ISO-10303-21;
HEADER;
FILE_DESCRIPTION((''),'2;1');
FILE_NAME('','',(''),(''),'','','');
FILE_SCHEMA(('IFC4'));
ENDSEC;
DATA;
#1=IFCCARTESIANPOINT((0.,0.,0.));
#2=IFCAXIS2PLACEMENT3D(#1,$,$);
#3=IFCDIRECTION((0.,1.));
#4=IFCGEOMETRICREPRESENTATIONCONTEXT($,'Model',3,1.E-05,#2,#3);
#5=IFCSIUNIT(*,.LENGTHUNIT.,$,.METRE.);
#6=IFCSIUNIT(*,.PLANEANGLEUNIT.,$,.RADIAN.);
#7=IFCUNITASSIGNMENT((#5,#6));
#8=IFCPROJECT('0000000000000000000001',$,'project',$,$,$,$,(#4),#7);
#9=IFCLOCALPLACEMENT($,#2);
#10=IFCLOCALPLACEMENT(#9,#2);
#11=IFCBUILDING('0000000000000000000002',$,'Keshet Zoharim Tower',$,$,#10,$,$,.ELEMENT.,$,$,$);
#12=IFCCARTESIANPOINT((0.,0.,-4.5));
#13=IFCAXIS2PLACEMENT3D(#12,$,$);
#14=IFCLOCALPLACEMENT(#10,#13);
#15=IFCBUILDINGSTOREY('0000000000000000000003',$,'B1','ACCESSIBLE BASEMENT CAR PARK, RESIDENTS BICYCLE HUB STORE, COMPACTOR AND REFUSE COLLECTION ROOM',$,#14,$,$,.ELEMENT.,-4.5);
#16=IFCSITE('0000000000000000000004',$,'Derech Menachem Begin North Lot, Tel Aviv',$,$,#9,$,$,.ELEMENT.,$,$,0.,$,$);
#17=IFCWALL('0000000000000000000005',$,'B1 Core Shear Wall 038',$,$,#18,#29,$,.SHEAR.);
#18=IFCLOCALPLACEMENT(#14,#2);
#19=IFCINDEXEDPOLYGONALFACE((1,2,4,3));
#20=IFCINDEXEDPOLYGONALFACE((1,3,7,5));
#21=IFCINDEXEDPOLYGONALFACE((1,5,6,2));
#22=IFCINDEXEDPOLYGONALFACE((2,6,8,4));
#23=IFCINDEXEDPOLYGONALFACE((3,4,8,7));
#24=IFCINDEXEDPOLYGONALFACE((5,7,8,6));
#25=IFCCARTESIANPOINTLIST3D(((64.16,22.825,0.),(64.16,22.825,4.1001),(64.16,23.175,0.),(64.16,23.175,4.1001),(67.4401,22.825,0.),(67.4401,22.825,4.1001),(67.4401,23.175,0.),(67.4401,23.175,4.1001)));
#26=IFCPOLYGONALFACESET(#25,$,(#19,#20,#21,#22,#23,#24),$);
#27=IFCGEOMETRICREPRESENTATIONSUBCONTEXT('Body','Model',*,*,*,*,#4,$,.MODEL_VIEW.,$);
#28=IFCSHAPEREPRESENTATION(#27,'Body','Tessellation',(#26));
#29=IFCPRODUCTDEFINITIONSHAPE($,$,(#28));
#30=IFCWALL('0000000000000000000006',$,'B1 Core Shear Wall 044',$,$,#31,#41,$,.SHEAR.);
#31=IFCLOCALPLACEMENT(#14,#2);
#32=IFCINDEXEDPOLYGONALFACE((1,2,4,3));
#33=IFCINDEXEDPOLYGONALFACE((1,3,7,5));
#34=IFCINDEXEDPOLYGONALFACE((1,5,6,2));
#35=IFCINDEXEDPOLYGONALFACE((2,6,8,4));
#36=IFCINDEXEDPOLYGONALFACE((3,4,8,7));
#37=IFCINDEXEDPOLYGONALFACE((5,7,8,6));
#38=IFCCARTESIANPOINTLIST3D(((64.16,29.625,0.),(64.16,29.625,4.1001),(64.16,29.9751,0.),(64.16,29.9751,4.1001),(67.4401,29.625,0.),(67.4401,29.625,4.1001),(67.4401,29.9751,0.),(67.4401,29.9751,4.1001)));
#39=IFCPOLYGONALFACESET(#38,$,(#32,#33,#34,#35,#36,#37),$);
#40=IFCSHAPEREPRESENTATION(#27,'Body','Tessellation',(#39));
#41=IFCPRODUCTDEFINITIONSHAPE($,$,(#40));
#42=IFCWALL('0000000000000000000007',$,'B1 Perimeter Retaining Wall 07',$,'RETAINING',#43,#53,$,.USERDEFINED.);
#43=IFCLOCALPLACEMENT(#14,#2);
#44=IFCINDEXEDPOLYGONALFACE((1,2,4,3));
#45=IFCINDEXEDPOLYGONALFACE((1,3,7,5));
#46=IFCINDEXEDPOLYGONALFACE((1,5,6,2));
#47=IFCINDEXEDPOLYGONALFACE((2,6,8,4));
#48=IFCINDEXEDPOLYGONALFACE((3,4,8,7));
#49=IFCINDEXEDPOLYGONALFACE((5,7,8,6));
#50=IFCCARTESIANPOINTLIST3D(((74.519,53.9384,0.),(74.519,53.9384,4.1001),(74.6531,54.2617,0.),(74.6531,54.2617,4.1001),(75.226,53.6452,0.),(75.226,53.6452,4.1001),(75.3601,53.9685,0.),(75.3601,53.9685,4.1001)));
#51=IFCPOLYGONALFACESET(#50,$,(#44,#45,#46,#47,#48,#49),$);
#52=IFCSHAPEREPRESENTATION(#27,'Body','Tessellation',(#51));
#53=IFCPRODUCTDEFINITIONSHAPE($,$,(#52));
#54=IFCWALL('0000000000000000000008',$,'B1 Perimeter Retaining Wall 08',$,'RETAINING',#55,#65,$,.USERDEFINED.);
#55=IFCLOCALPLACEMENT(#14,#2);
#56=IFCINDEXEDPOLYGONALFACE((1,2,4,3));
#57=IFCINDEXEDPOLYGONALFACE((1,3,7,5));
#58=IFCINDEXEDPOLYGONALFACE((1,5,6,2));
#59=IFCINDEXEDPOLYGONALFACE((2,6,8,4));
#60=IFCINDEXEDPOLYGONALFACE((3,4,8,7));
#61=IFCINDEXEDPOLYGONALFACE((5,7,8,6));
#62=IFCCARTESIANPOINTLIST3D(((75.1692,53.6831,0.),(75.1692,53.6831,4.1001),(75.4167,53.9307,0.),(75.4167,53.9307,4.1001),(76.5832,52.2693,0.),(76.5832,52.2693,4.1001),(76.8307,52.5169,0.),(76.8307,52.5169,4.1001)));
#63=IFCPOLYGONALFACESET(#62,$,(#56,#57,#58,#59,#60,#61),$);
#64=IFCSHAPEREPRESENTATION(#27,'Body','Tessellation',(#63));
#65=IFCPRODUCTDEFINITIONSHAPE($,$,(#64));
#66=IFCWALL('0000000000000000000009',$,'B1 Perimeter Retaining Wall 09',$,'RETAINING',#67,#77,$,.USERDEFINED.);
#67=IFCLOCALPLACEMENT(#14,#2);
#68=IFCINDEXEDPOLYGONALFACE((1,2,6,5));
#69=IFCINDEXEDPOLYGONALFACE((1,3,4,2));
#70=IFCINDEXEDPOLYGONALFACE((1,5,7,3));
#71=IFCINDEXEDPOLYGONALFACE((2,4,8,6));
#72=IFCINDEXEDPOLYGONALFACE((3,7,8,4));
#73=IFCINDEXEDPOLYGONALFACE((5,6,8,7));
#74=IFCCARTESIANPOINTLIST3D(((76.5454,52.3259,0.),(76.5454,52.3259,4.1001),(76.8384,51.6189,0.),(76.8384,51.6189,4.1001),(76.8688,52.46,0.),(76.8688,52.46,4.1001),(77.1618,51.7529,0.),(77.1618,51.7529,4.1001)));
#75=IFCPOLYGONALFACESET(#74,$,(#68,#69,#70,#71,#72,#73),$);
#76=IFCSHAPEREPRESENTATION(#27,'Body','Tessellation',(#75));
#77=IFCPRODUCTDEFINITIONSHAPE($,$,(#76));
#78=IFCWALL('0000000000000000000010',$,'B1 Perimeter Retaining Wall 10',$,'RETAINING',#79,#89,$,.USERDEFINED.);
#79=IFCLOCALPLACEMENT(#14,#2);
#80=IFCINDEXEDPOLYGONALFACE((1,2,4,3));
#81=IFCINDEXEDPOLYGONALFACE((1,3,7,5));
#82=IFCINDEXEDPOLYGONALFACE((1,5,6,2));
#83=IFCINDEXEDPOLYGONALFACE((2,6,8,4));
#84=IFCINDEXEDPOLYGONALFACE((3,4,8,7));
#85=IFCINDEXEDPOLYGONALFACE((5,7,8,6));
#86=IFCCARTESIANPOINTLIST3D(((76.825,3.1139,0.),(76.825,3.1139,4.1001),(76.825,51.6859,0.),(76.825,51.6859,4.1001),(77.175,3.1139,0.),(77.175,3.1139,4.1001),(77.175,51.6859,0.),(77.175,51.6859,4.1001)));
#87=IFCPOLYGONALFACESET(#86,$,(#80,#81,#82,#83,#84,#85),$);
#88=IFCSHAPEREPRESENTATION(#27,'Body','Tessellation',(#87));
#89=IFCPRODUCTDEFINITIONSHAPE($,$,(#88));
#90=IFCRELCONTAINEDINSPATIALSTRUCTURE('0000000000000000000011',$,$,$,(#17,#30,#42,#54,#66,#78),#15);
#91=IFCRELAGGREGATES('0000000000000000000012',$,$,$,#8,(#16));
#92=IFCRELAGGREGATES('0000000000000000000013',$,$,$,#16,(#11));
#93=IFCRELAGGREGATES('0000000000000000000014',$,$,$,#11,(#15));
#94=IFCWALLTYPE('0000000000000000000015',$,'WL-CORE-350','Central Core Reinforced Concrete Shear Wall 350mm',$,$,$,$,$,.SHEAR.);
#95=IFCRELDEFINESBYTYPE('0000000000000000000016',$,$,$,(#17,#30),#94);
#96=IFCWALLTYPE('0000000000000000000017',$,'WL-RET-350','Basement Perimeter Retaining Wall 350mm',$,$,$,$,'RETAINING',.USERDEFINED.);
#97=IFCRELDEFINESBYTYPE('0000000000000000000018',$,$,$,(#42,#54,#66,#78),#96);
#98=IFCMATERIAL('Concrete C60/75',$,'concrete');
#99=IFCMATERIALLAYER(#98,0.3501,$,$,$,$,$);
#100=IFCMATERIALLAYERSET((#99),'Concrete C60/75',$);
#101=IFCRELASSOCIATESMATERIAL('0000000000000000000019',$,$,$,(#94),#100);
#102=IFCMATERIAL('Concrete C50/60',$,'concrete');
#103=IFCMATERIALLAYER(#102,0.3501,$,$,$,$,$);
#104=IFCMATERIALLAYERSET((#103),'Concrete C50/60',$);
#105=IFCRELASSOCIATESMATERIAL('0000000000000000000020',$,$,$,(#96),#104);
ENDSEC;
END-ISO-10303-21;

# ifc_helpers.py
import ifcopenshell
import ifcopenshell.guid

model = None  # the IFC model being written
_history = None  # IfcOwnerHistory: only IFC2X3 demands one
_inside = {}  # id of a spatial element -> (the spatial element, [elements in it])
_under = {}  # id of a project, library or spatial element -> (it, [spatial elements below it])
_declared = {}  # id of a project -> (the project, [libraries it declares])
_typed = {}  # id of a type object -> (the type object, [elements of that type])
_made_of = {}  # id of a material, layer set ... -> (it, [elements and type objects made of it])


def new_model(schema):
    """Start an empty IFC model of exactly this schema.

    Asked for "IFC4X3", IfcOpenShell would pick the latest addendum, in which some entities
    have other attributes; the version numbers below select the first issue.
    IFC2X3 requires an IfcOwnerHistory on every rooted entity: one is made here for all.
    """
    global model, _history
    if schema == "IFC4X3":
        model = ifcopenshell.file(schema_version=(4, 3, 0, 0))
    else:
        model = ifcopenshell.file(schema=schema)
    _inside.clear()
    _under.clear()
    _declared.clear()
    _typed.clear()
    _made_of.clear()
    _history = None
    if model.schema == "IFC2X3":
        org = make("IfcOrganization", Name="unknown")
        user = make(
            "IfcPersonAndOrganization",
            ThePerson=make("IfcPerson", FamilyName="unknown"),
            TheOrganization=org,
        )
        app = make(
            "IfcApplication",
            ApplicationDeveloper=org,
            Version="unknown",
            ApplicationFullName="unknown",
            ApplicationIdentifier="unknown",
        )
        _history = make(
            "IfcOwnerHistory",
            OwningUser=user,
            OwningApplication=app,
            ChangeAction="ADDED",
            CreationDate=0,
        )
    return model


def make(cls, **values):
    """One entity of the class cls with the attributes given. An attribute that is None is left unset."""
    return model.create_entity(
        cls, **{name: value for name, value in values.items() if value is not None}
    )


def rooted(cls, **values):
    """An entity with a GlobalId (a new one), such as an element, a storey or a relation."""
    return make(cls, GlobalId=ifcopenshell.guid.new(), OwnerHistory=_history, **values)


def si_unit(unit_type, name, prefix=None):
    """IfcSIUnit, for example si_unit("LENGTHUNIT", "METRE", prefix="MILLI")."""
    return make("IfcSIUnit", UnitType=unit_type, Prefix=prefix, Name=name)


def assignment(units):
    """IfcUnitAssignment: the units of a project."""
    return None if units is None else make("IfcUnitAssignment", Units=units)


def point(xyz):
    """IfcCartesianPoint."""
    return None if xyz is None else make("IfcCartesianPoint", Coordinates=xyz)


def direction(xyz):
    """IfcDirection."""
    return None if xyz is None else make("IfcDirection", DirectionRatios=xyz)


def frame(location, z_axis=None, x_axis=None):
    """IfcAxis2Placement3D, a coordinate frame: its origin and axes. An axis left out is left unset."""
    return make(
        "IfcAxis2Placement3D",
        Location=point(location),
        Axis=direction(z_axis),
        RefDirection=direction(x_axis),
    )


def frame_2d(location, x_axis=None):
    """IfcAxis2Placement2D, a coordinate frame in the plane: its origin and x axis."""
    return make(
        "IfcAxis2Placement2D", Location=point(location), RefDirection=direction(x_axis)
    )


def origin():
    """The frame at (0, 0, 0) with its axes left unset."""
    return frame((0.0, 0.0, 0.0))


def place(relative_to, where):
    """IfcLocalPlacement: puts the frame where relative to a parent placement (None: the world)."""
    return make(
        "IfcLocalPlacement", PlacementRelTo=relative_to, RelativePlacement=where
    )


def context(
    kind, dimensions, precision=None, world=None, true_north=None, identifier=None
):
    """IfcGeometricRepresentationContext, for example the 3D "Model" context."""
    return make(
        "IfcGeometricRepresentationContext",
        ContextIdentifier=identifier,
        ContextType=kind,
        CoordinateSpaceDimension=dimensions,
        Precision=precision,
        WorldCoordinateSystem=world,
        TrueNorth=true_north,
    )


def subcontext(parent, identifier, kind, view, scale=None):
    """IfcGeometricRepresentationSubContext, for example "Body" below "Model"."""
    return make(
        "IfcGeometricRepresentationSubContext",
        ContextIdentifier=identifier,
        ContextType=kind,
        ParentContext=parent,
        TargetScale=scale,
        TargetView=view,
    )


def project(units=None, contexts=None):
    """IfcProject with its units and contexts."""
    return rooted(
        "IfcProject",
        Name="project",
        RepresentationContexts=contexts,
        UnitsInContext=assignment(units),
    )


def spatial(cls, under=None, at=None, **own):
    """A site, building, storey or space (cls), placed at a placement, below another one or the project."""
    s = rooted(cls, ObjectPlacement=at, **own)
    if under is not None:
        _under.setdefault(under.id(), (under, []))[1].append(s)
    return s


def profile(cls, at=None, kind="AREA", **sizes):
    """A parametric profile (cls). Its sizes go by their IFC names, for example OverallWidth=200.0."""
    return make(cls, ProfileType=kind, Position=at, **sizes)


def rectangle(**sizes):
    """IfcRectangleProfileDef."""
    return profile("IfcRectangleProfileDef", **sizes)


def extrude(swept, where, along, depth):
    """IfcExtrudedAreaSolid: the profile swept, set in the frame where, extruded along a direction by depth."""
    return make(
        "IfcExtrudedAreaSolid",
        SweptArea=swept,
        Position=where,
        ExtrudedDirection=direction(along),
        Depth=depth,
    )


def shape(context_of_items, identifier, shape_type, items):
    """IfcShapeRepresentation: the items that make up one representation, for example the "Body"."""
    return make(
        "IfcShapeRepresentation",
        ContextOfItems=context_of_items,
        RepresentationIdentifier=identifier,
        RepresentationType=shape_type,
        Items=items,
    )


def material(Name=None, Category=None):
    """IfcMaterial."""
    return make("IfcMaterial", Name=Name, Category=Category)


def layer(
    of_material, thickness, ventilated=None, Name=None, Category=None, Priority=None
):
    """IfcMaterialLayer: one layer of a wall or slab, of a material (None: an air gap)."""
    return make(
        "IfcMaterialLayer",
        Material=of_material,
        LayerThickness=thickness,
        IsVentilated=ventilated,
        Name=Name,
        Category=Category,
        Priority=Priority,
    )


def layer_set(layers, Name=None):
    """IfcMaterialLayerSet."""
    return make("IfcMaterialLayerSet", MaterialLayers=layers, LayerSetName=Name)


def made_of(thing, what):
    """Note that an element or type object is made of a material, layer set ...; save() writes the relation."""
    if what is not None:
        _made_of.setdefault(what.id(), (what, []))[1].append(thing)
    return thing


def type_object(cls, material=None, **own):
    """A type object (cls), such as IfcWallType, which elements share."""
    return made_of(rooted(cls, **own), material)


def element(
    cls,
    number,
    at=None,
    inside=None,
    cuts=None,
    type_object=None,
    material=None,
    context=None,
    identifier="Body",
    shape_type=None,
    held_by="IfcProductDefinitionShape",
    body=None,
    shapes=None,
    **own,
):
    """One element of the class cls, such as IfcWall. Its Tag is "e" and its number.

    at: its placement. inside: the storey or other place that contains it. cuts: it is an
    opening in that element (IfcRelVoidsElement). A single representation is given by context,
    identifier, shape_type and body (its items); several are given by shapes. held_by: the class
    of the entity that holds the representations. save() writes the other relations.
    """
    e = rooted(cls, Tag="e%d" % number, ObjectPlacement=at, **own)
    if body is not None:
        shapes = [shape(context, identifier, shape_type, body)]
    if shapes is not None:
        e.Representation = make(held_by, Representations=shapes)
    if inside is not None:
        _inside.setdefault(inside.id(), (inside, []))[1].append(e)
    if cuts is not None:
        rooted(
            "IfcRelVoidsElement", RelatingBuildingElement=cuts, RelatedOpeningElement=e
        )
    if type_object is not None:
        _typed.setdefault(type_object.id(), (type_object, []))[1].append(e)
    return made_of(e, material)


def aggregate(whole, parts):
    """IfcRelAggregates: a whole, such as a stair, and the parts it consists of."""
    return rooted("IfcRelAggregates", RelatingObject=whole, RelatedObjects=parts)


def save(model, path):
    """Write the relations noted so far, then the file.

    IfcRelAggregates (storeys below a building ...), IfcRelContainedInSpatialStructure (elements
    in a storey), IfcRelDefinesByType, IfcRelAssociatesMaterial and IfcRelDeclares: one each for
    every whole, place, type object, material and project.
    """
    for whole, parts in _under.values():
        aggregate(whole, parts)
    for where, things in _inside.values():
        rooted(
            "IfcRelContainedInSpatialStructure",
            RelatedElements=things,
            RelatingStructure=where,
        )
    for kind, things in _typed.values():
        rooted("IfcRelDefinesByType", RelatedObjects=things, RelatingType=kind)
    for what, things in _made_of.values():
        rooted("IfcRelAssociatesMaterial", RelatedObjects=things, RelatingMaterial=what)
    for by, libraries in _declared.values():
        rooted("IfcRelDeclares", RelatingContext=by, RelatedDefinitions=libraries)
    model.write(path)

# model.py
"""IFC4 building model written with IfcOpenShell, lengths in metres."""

from ifc_helpers import new_model, si_unit, direction, frame, frame_2d, origin, place, context, subcontext, project, spatial, rectangle, extrude, material, layer, layer_set, type_object, element, save


model = new_model("IFC4")

# Units and contexts
model_context = context("Model", 3, precision=1e-05, world=origin(), true_north=direction((0.0, 1.0)))
body_context = subcontext(model_context, "Body", "Model", "MODEL_VIEW")
ifc_project = project(units=[si_unit("LENGTHUNIT", "METRE"), si_unit("PLANEANGLEUNIT", "RADIAN")], contexts=[model_context])

# Site, building, storey
site_placement = place(None, origin())
site = spatial("IfcSite", under=ifc_project, at=site_placement, Name="Derech Menachem Begin North Lot, Tel Aviv", CompositionType="ELEMENT", RefElevation=0.0)
building_placement = place(site_placement, origin())
building = spatial("IfcBuilding", under=site, at=building_placement, Name="Keshet Zoharim Tower", CompositionType="ELEMENT")
storey_placement = place(building_placement, frame((0.0, 0.0, -4.5)))
storey = spatial("IfcBuildingStorey", under=building, at=storey_placement, Name="B1", Description="ACCESSIBLE BASEMENT CAR PARK, RESIDENTS BICYCLE HUB STORE, COMPACTOR AND REFUSE COLLECTION ROOM", CompositionType="ELEMENT", Elevation=-4.5)

# Shared definitions
ifc_material_1 = material(Name="Concrete C60/75", Category="concrete")

# Walls
ifc_layer_1 = layer(ifc_material_1, 0.3501)
ifc_layer_set_1 = layer_set([ifc_layer_1], Name="Concrete C60/75")
wall_type_1 = type_object("IfcWallType", Name="WL-CORE-350", Description="Central Core Reinforced Concrete Shear Wall 350mm", PredefinedType="SHEAR", material=ifc_layer_set_1)
for number, where, z_axis, x_axis, name in (
    (1, (64.1599, 23.0, 0.0), (0.0, 0.0, 1.0), (1.0, 0.0, 0.0), "B1 Core Shear Wall 038"),
    (2, (64.1599, 29.8, 0.0), (0.0, 0.0, 1.0), (1.0, 0.0, 0.0), "B1 Core Shear Wall 044"),
):
    element("IfcWall", number, at=place(storey_placement, frame(where, z_axis=z_axis, x_axis=x_axis)), inside=storey, type_object=wall_type_1, Name=name, PredefinedType="SHEAR", context=body_context, shape_type="SweptSolid", body=[
        extrude(rectangle(XDim=3.28, YDim=0.3501, at=frame_2d((1.6401, 0.0))), origin(), (0.0, 0.0, 1.0), 4.1001),
    ])
ifc_material_2 = material(Name="Concrete C50/60", Category="concrete")
ifc_layer_2 = layer(ifc_material_2, 0.3501)
ifc_layer_set_2 = layer_set([ifc_layer_2], Name="Concrete C50/60")
wall_type_2 = type_object("IfcWallType", Name="WL-RET-350", Description="Basement Perimeter Retaining Wall 350mm", ElementType="RETAINING", PredefinedType="USERDEFINED", material=ifc_layer_set_2)
wall_1_placement = place(storey_placement, frame((74.5859, 54.1001, 0.0), z_axis=(0.0, 0.0, 1.0), x_axis=(0.923717, -0.383075, 0.0)))
element("IfcWall", 3, at=wall_1_placement, inside=storey, type_object=wall_type_2, Name="B1 Perimeter Retaining Wall 07", ObjectType="RETAINING", PredefinedType="USERDEFINED", context=body_context, shape_type="SweptSolid", body=[
    extrude(rectangle(XDim=0.7654, YDim=0.3501, at=frame_2d((0.3828, 0.0))), origin(), (0.0, 0.0, 1.0), 4.1001),
])
wall_2_placement = place(storey_placement, frame((75.293, 53.8069, 0.0), z_axis=(0.0, 0.0, 1.0), x_axis=(0.707168, -0.707046, 0.0)))
element("IfcWall", 4, at=wall_2_placement, inside=storey, type_object=wall_type_2, Name="B1 Perimeter Retaining Wall 08", ObjectType="RETAINING", PredefinedType="USERDEFINED", context=body_context, shape_type="SweptSolid", body=[
    extrude(rectangle(XDim=1.9995, YDim=0.3501, at=frame_2d((0.9998, 0.0))), origin(), (0.0, 0.0, 1.0), 4.1001),
])
wall_3_placement = place(storey_placement, frame((76.707, 52.3931, 0.0), z_axis=(0.0, 0.0, 1.0), x_axis=(0.382803, -0.92383, 0.0)))
element("IfcWall", 5, at=wall_3_placement, inside=storey, type_object=wall_type_2, Name="B1 Perimeter Retaining Wall 09", ObjectType="RETAINING", PredefinedType="USERDEFINED", context=body_context, shape_type="SweptSolid", body=[
    extrude(rectangle(XDim=0.7654, YDim=0.3501, at=frame_2d((0.3828, 0.0))), origin(), (0.0, 0.0, 1.0), 4.1001),
])
wall_4_placement = place(storey_placement, frame((77.0, 51.686, 0.0), z_axis=(0.0, 0.0, 1.0), x_axis=(0.0, -1.0, 0.0)))
element("IfcWall", 6, at=wall_4_placement, inside=storey, type_object=wall_type_2, Name="B1 Perimeter Retaining Wall 10", ObjectType="RETAINING", PredefinedType="USERDEFINED", context=body_context, shape_type="SweptSolid", body=[
    extrude(rectangle(XDim=48.572, YDim=0.3501, at=frame_2d((24.2861, 0.0))), origin(), (0.0, 0.0, 1.0), 4.1001),
])

save(model, "model.ifc")
